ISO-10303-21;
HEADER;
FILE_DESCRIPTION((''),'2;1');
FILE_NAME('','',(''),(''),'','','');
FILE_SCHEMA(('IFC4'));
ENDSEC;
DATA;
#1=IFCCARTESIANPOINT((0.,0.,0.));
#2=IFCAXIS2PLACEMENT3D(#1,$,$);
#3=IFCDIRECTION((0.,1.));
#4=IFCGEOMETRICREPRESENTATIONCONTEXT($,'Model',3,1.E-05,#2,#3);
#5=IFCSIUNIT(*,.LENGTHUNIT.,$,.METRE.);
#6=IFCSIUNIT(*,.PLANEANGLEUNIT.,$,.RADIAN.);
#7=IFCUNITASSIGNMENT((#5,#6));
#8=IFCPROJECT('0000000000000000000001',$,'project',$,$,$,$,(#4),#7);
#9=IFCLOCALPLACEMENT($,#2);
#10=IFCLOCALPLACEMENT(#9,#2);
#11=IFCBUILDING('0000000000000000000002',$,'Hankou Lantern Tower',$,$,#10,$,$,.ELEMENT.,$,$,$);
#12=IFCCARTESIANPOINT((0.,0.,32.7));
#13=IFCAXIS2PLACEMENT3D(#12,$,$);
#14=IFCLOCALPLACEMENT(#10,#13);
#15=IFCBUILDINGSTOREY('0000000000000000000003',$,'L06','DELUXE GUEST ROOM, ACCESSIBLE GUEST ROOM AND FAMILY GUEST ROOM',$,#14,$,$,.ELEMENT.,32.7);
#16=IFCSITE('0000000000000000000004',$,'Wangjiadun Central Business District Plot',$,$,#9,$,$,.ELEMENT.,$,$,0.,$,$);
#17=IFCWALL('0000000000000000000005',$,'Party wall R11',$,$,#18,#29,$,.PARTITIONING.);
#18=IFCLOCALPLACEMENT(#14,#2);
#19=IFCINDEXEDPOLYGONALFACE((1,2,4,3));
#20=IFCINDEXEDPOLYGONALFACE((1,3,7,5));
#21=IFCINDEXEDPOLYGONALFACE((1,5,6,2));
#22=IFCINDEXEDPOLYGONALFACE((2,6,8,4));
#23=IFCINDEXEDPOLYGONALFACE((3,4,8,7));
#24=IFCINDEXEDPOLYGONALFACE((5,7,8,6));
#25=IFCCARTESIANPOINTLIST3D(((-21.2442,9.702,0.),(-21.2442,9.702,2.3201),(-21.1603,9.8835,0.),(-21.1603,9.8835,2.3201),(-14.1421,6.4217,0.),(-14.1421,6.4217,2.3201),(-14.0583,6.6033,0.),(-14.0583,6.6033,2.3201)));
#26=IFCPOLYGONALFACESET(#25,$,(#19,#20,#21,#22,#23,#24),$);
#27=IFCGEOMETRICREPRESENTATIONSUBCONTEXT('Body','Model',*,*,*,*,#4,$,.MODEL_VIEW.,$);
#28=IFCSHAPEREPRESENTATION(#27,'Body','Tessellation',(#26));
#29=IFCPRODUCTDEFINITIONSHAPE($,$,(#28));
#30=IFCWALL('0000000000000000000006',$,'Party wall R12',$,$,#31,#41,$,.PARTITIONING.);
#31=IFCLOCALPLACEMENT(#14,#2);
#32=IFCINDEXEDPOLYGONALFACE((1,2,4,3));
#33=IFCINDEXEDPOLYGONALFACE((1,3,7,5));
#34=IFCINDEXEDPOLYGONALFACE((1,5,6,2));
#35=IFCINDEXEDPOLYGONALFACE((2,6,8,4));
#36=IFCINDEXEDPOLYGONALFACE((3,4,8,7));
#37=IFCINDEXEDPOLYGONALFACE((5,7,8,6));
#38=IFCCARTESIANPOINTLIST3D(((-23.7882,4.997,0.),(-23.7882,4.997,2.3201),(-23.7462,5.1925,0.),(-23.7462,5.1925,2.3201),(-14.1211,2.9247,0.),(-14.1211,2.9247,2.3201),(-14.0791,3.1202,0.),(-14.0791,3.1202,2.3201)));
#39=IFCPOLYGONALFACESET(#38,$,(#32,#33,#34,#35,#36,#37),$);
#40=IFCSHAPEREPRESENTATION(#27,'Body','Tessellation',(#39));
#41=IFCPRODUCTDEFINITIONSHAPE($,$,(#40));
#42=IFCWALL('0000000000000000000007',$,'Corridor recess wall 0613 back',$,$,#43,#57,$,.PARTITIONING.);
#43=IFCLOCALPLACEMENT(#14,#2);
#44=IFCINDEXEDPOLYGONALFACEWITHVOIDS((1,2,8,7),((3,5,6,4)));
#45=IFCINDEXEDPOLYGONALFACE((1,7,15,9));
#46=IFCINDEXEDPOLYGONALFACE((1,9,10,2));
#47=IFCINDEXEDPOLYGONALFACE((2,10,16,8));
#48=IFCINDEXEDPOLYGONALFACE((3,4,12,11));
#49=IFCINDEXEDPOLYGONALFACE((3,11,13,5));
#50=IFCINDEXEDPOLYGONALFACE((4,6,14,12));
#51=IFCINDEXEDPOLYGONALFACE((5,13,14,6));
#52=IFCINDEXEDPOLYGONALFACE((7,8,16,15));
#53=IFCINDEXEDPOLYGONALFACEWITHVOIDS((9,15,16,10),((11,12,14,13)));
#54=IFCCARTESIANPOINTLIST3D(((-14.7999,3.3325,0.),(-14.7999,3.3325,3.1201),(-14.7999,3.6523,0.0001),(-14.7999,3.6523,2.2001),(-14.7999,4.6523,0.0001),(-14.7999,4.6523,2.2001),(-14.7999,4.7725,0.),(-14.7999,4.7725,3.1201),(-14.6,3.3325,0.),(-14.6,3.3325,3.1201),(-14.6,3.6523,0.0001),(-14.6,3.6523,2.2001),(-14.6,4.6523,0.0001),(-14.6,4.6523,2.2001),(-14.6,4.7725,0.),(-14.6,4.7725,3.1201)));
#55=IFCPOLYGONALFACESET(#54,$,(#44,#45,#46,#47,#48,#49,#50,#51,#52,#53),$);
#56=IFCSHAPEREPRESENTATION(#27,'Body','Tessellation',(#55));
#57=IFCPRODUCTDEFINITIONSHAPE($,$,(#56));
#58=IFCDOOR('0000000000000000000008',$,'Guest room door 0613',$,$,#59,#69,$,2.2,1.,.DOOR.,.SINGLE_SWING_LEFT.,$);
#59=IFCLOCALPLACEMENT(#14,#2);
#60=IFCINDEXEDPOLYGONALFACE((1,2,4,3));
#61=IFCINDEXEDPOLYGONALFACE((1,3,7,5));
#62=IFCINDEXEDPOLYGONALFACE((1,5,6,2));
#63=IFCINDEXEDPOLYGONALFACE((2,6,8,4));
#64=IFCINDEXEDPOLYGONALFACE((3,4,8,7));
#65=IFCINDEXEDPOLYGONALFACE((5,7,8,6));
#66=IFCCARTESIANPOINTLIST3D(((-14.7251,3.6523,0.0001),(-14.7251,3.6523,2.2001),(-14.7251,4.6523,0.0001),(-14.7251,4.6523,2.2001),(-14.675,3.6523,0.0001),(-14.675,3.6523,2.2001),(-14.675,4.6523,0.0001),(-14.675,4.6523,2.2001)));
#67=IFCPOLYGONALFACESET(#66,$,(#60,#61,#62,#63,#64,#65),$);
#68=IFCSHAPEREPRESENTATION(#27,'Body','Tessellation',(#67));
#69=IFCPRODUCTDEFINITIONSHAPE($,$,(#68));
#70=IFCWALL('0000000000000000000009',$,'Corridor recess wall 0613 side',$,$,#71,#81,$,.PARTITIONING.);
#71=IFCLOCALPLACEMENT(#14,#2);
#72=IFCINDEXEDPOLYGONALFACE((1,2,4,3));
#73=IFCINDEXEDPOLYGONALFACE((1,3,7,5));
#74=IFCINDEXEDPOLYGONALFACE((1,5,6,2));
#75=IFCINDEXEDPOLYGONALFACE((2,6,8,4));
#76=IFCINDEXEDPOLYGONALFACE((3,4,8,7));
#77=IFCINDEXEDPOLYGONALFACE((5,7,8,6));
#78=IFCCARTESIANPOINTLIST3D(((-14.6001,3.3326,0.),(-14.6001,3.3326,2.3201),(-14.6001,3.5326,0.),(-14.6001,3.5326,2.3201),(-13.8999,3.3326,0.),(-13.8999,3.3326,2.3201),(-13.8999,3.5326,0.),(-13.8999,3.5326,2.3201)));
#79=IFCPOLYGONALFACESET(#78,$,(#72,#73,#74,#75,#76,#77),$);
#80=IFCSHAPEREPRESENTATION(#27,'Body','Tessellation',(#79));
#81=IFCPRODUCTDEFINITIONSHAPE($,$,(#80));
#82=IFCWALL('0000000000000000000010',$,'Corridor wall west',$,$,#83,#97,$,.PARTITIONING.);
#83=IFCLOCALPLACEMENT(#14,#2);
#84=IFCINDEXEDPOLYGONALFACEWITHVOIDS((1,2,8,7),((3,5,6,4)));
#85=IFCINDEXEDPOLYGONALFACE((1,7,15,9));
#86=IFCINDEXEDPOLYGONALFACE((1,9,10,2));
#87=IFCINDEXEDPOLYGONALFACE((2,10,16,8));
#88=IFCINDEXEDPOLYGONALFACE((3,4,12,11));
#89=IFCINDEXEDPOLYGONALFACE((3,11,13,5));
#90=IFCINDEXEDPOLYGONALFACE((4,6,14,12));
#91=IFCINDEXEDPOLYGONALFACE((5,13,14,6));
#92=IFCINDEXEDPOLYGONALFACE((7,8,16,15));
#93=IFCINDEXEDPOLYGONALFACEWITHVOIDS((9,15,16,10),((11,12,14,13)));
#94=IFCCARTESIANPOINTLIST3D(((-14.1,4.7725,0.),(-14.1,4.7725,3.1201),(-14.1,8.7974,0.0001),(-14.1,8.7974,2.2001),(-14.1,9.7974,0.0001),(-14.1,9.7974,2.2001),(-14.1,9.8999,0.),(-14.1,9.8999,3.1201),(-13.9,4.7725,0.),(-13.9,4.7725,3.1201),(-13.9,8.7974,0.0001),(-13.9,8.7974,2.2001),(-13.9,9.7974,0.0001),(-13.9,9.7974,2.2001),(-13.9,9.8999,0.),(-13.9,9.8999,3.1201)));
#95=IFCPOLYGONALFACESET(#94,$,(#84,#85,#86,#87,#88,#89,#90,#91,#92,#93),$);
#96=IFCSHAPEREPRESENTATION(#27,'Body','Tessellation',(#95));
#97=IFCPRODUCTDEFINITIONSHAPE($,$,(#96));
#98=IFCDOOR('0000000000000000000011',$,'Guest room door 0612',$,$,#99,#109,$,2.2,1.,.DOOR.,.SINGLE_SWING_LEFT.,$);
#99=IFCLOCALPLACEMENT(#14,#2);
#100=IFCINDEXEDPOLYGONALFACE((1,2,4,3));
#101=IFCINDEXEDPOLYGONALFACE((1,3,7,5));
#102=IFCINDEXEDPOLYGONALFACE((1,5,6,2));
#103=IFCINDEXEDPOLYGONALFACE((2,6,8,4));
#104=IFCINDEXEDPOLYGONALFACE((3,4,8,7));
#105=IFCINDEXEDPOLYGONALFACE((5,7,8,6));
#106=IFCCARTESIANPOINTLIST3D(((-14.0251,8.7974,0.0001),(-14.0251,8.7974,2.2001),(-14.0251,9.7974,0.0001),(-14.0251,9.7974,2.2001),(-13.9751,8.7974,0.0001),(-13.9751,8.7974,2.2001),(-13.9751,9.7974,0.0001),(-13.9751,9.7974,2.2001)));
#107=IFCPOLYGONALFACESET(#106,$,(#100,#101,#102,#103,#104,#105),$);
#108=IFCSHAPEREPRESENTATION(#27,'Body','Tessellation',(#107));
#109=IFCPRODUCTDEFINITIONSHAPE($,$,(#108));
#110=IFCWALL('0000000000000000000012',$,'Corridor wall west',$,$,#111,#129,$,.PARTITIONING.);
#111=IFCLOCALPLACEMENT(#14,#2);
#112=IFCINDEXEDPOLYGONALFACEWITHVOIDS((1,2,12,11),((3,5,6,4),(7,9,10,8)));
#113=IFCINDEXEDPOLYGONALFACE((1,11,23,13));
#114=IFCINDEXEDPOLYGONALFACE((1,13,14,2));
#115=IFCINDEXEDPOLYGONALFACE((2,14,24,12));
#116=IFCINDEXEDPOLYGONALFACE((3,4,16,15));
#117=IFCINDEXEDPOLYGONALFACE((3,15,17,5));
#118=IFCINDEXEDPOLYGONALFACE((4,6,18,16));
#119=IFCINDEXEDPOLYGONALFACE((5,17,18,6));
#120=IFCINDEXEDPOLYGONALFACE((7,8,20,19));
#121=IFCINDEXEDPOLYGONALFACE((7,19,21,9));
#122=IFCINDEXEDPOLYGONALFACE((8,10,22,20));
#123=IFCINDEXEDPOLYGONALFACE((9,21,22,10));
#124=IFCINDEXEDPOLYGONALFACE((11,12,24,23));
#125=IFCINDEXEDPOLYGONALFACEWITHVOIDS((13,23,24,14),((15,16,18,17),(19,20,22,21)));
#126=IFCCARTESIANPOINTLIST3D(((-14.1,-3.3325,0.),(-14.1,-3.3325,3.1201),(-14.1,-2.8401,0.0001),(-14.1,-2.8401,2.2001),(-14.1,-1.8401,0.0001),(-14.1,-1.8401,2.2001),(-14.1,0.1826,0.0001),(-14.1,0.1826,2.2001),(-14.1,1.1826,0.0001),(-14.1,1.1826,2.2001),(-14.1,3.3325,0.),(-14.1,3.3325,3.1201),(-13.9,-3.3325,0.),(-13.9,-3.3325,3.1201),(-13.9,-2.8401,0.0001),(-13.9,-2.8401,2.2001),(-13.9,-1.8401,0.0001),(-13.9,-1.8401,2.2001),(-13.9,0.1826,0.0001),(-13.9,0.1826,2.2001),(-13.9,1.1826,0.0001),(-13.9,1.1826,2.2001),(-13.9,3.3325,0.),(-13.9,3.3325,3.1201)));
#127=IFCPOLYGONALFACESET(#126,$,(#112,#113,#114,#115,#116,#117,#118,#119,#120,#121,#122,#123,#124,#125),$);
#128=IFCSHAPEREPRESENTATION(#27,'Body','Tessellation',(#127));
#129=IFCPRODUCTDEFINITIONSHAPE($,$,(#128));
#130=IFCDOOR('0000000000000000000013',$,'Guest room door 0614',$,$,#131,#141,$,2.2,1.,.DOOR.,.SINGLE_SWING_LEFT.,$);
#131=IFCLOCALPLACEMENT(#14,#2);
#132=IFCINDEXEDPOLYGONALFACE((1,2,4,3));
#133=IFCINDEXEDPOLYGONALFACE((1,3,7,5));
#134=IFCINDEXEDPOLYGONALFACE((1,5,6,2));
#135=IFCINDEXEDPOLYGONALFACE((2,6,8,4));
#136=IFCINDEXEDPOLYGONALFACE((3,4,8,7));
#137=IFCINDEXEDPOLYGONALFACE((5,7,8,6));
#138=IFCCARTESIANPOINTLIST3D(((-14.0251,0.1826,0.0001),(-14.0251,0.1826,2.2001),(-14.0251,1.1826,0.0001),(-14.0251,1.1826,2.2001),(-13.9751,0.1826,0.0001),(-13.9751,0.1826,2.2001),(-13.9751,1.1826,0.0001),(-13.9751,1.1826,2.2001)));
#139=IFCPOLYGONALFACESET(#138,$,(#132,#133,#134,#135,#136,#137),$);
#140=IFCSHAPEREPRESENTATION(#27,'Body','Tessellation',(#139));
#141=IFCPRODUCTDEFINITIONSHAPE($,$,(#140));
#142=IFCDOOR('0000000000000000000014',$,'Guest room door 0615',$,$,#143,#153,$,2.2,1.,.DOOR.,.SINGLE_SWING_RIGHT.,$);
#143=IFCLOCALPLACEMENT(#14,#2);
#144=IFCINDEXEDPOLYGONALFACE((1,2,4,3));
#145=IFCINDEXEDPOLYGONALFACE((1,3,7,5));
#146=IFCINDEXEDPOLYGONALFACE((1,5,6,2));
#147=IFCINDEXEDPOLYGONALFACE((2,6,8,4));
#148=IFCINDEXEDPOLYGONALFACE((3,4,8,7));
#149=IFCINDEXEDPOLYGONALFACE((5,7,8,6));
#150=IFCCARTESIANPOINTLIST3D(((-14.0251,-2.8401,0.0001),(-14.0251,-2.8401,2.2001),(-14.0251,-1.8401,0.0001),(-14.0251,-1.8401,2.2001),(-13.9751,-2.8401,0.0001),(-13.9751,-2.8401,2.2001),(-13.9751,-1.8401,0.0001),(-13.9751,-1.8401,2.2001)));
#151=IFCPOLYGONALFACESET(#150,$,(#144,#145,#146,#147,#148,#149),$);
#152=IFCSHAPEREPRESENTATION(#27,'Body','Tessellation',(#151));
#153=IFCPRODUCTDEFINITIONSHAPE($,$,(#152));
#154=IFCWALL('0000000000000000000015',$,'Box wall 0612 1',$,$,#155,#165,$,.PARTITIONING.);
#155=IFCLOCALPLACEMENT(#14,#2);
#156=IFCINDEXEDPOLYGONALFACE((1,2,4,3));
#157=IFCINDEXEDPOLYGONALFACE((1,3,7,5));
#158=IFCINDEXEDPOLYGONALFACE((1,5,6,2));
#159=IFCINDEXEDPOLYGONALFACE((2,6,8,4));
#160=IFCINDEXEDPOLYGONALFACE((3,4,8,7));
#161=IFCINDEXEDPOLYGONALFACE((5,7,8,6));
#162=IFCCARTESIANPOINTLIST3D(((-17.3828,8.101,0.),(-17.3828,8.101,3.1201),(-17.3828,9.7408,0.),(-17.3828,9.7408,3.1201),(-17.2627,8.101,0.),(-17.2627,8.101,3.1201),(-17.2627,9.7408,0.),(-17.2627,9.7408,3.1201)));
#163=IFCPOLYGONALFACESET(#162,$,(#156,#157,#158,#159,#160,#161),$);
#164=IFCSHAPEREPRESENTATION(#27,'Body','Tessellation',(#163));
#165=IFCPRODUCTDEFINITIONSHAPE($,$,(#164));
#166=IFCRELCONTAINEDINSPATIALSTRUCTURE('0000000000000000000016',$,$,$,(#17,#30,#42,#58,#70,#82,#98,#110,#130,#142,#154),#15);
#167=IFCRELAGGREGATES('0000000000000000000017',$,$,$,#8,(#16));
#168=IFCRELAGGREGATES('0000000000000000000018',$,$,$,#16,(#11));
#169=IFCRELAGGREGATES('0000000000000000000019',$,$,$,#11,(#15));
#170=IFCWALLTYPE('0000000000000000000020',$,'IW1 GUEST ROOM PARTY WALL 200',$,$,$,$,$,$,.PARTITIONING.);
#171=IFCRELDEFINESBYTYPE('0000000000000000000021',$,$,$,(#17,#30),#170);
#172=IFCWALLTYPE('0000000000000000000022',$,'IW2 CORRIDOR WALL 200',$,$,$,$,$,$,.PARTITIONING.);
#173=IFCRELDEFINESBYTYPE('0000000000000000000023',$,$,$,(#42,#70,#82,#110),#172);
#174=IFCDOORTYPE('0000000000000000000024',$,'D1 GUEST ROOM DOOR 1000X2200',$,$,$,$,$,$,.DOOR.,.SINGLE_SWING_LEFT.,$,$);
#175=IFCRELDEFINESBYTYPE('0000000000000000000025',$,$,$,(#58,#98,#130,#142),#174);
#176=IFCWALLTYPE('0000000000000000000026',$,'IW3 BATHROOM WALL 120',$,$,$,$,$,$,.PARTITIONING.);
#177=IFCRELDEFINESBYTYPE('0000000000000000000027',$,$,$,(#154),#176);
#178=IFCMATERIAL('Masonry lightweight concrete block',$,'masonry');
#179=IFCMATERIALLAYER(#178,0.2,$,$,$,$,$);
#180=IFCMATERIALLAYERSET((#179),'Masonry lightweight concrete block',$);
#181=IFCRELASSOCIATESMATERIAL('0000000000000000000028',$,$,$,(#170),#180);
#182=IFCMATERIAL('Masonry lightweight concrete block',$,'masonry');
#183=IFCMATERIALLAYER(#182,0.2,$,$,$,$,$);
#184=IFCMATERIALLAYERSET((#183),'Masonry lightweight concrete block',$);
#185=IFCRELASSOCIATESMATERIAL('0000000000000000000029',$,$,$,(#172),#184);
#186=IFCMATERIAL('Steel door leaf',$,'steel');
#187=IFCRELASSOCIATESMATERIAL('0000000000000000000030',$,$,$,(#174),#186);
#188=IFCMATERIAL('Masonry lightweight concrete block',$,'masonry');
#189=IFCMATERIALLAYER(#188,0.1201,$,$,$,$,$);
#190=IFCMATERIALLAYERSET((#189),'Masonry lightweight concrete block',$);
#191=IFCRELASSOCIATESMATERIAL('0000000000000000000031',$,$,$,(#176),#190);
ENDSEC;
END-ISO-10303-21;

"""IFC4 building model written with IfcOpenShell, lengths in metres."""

from ifc_helpers import new_model, si_unit, direction, frame, frame_2d, origin, place, context, subcontext, project, spatial, rectangle, extrude, material, layer, layer_set, type_object, element, fill, save


model = new_model("IFC4")

# Units and contexts
model_context = context("Model", 3, precision=1e-05, world=origin(), true_north=direction((0.0, 1.0)))
body_context = subcontext(model_context, "Body", "Model", "MODEL_VIEW")
ifc_project = project(units=[si_unit("LENGTHUNIT", "METRE"), si_unit("PLANEANGLEUNIT", "RADIAN")], contexts=[model_context])

# Site, building, storey
site_placement = place(None, origin())
site = spatial("IfcSite", under=ifc_project, at=site_placement, Name="Wangjiadun Central Business District Plot", CompositionType="ELEMENT", RefElevation=0.0)
building_placement = place(site_placement, origin())
building = spatial("IfcBuilding", under=site, at=building_placement, Name="Hankou Lantern Tower", CompositionType="ELEMENT")
storey_placement = place(building_placement, frame((0.0, 0.0, 32.7)))
storey = spatial("IfcBuildingStorey", under=building, at=storey_placement, Name="L06", Description="DELUXE GUEST ROOM, ACCESSIBLE GUEST ROOM AND FAMILY GUEST ROOM", CompositionType="ELEMENT", Elevation=32.7)

# Walls
ifc_material_1 = material(Name="Masonry lightweight concrete block", Category="masonry")
ifc_layer_1 = layer(ifc_material_1, 0.2)
ifc_layer_set_1 = layer_set([ifc_layer_1], Name="Masonry lightweight concrete block")
wall_type_1 = type_object("IfcWallType", Name="IW1 GUEST ROOM PARTY WALL 200", PredefinedType="PARTITIONING", material=ifc_layer_set_1)
wall_1_placement = place(storey_placement, frame((-14.1001, 6.5125, 0.0), z_axis=(0.0, 0.0, 1.0), x_axis=(-0.907842, 0.419311, 0.0)))
element("IfcWall", 1, at=wall_1_placement, inside=storey, type_object=wall_type_1, Name="Party wall R11", PredefinedType="PARTITIONING", context=body_context, shape_type="SweptSolid", body=[
    extrude(rectangle(XDim=7.823, YDim=0.2, at=frame_2d((3.9116, 0.0))), origin(), (0.0, 0.0, 1.0), 2.3201),
])
wall_2_placement = place(storey_placement, frame((-14.1001, 3.0225, 0.0), z_axis=(0.0, 0.0, 1.0), x_axis=(-0.977787, 0.209603, 0.0)))
element("IfcWall", 2, at=wall_2_placement, inside=storey, type_object=wall_type_1, Name="Party wall R12", PredefinedType="PARTITIONING", context=body_context, shape_type="SweptSolid", body=[
    extrude(rectangle(XDim=9.8867, YDim=0.2, at=frame_2d((4.9434, 0.0))), origin(), (0.0, 0.0, 1.0), 2.3201),
])

# Wall, opening, door
ifc_material_2 = material(Name="Masonry lightweight concrete block", Category="masonry")
ifc_layer_2 = layer(ifc_material_2, 0.2)
ifc_layer_set_2 = layer_set([ifc_layer_2], Name="Masonry lightweight concrete block")
wall_type_2 = type_object("IfcWallType", Name="IW2 CORRIDOR WALL 200", PredefinedType="PARTITIONING", material=ifc_layer_set_2)
wall_3_placement = place(storey_placement, frame((-14.7, 4.7725, 0.0), z_axis=(0.0, 0.0, 1.0), x_axis=(0.0, -1.0, 0.0)))
wall_3 = element("IfcWall", 3, at=wall_3_placement, inside=storey, type_object=wall_type_2, Name="Corridor recess wall 0613 back", PredefinedType="PARTITIONING", context=body_context, shape_type="SweptSolid", body=[
    extrude(rectangle(XDim=1.4399, YDim=0.2, at=frame_2d((0.72, 0.0))), origin(), (0.0, 0.0, 1.0), 3.1201),
])
opening_1_placement = place(wall_3_placement, frame((0.1201, 0.0, 0.0)))
opening_1 = element("IfcOpeningElement", 4, at=opening_1_placement, cuts=wall_3, PredefinedType="OPENING", context=body_context, shape_type="SweptSolid", body=[
    extrude(rectangle(XDim=1.0, YDim=2.2, at=frame_2d((0.5, 1.1001))), frame((0.0, 0.1099, 0.0), z_axis=(0.0, -1.0, 0.0), x_axis=(1.0, 0.0, 0.0)), (0.0, 0.0, 1.0), 0.22),
])
ifc_material_3 = material(Name="Steel door leaf", Category="steel")
door_type_1 = type_object("IfcDoorType", Name="D1 GUEST ROOM DOOR 1000X2200", OperationType="SINGLE_SWING_LEFT", PredefinedType="DOOR", material=ifc_material_3)
door_1_placement = place(opening_1_placement, origin())
door_1 = element("IfcDoor", 5, at=door_1_placement, inside=storey, type_object=door_type_1, Name="Guest room door 0613", OperationType="SINGLE_SWING_LEFT", OverallHeight=2.2, OverallWidth=1.0, PredefinedType="DOOR", context=body_context, shape_type="SweptSolid", body=[
    extrude(rectangle(XDim=1.0, YDim=2.2, at=frame_2d((0.5, 1.1001))), frame((0.0, 0.0249, 0.0), z_axis=(0.0, -1.0, 0.0), x_axis=(1.0, 0.0, 0.0)), (0.0, 0.0, 1.0), 0.05),
])
fill(opening_1, door_1)

# Wall
wall_4_placement = place(storey_placement, frame((-13.8999, 3.4326, 0.0), z_axis=(0.0, 0.0, 1.0), x_axis=(-1.0, 0.0, 0.0)))
element("IfcWall", 6, at=wall_4_placement, inside=storey, type_object=wall_type_2, Name="Corridor recess wall 0613 side", PredefinedType="PARTITIONING", context=body_context, shape_type="SweptSolid", body=[
    extrude(rectangle(XDim=0.7002, YDim=0.2, at=frame_2d((0.3501, 0.0))), origin(), (0.0, 0.0, 1.0), 2.3201),
])

# Wall, opening, door
wall_5_placement = place(storey_placement, frame((-14.0, 9.8999, 0.0), z_axis=(0.0, 0.0, 1.0), x_axis=(0.0, -1.0, 0.0)))
wall_5 = element("IfcWall", 7, at=wall_5_placement, inside=storey, type_object=wall_type_2, Name="Corridor wall west", PredefinedType="PARTITIONING", context=body_context, shape_type="SweptSolid", body=[
    extrude(rectangle(XDim=5.1274, YDim=0.2, at=frame_2d((2.5637, 0.0))), origin(), (0.0, 0.0, 1.0), 3.1201),
])
opening_2_placement = place(wall_5_placement, frame((0.1025, 0.0, 0.0)))
opening_2 = element("IfcOpeningElement", 8, at=opening_2_placement, cuts=wall_5, PredefinedType="OPENING", context=body_context, shape_type="SweptSolid", body=[
    extrude(rectangle(XDim=1.0, YDim=2.2, at=frame_2d((0.5, 1.1001))), frame((0.0, 0.1099, 0.0), z_axis=(0.0, -1.0, 0.0), x_axis=(1.0, 0.0, 0.0)), (0.0, 0.0, 1.0), 0.22),
])
door_2_placement = place(opening_2_placement, origin())
door_2 = element("IfcDoor", 9, at=door_2_placement, inside=storey, type_object=door_type_1, Name="Guest room door 0612", OperationType="SINGLE_SWING_LEFT", OverallHeight=2.2, OverallWidth=1.0, PredefinedType="DOOR", context=body_context, shape_type="SweptSolid", body=[
    extrude(rectangle(XDim=1.0, YDim=2.2, at=frame_2d((0.5, 1.1001))), frame((0.0, 0.0249, 0.0), z_axis=(0.0, -1.0, 0.0), x_axis=(1.0, 0.0, 0.0)), (0.0, 0.0, 1.0), 0.05),
])
fill(opening_2, door_2)

# Wall, openings, doors
wall_6_placement = place(storey_placement, frame((-14.0, 3.3325, 0.0), z_axis=(0.0, 0.0, 1.0), x_axis=(0.0, -1.0, 0.0)))
wall_6 = element("IfcWall", 10, at=wall_6_placement, inside=storey, type_object=wall_type_2, Name="Corridor wall west", PredefinedType="PARTITIONING", context=body_context, shape_type="SweptSolid", body=[
    extrude(rectangle(XDim=6.665, YDim=0.2, at=frame_2d((3.3325, 0.0))), origin(), (0.0, 0.0, 1.0), 3.1201),
])
opening_3_placement = place(wall_6_placement, frame((2.1499, 0.0, 0.0)))
opening_3 = element("IfcOpeningElement", 11, at=opening_3_placement, cuts=wall_6, PredefinedType="OPENING", context=body_context, shape_type="SweptSolid", body=[
    extrude(rectangle(XDim=1.0, YDim=2.2, at=frame_2d((0.5, 1.1001))), frame((0.0, 0.1099, 0.0), z_axis=(0.0, -1.0, 0.0), x_axis=(1.0, 0.0, 0.0)), (0.0, 0.0, 1.0), 0.22),
])
opening_4_placement = place(wall_6_placement, frame((5.1726, 0.0, 0.0)))
opening_4 = element("IfcOpeningElement", 12, at=opening_4_placement, cuts=wall_6, PredefinedType="OPENING", context=body_context, shape_type="SweptSolid", body=[
    extrude(rectangle(XDim=1.0, YDim=2.2, at=frame_2d((0.5, 1.1001))), frame((0.0, 0.1099, 0.0), z_axis=(0.0, -1.0, 0.0), x_axis=(1.0, 0.0, 0.0)), (0.0, 0.0, 1.0), 0.22),
])
door_3_placement = place(opening_3_placement, origin())
door_3 = element("IfcDoor", 13, at=door_3_placement, inside=storey, type_object=door_type_1, Name="Guest room door 0614", OperationType="SINGLE_SWING_LEFT", OverallHeight=2.2, OverallWidth=1.0, PredefinedType="DOOR", context=body_context, shape_type="SweptSolid", body=[
    extrude(rectangle(XDim=1.0, YDim=2.2, at=frame_2d((0.5, 1.1001))), frame((0.0, 0.0249, 0.0), z_axis=(0.0, -1.0, 0.0), x_axis=(1.0, 0.0, 0.0)), (0.0, 0.0, 1.0), 0.05),
])
fill(opening_3, door_3)
door_4_placement = place(opening_4_placement, origin())
door_4 = element("IfcDoor", 14, at=door_4_placement, inside=storey, type_object=door_type_1, Name="Guest room door 0615", OperationType="SINGLE_SWING_RIGHT", OverallHeight=2.2, OverallWidth=1.0, PredefinedType="DOOR", context=body_context, shape_type="SweptSolid", body=[
    extrude(rectangle(XDim=1.0, YDim=2.2, at=frame_2d((0.5, 1.1001))), frame((0.0, 0.0249, 0.0), z_axis=(0.0, -1.0, 0.0), x_axis=(1.0, 0.0, 0.0)), (0.0, 0.0, 1.0), 0.05),
])
fill(opening_4, door_4)

# Wall
ifc_material_4 = material(Name="Masonry lightweight concrete block", Category="masonry")
ifc_layer_3 = layer(ifc_material_4, 0.1201)
ifc_layer_set_3 = layer_set([ifc_layer_3], Name="Masonry lightweight concrete block")
wall_type_3 = type_object("IfcWallType", Name="IW3 BATHROOM WALL 120", PredefinedType="PARTITIONING", material=ifc_layer_set_3)
wall_7_placement = place(storey_placement, frame((-17.3228, 8.1011, 0.0), z_axis=(0.0, 0.0, 1.0), x_axis=(0.0, 1.0, 0.0)))
element("IfcWall", 15, at=wall_7_placement, inside=storey, type_object=wall_type_3, Name="Box wall 0612 1", PredefinedType="PARTITIONING", context=body_context, shape_type="SweptSolid", body=[
    extrude(rectangle(XDim=1.6399, YDim=0.1201, at=frame_2d((0.8198, 0.0))), origin(), (0.0, 0.0, 1.0), 3.1201),
])

save(model, "model.ifc")
